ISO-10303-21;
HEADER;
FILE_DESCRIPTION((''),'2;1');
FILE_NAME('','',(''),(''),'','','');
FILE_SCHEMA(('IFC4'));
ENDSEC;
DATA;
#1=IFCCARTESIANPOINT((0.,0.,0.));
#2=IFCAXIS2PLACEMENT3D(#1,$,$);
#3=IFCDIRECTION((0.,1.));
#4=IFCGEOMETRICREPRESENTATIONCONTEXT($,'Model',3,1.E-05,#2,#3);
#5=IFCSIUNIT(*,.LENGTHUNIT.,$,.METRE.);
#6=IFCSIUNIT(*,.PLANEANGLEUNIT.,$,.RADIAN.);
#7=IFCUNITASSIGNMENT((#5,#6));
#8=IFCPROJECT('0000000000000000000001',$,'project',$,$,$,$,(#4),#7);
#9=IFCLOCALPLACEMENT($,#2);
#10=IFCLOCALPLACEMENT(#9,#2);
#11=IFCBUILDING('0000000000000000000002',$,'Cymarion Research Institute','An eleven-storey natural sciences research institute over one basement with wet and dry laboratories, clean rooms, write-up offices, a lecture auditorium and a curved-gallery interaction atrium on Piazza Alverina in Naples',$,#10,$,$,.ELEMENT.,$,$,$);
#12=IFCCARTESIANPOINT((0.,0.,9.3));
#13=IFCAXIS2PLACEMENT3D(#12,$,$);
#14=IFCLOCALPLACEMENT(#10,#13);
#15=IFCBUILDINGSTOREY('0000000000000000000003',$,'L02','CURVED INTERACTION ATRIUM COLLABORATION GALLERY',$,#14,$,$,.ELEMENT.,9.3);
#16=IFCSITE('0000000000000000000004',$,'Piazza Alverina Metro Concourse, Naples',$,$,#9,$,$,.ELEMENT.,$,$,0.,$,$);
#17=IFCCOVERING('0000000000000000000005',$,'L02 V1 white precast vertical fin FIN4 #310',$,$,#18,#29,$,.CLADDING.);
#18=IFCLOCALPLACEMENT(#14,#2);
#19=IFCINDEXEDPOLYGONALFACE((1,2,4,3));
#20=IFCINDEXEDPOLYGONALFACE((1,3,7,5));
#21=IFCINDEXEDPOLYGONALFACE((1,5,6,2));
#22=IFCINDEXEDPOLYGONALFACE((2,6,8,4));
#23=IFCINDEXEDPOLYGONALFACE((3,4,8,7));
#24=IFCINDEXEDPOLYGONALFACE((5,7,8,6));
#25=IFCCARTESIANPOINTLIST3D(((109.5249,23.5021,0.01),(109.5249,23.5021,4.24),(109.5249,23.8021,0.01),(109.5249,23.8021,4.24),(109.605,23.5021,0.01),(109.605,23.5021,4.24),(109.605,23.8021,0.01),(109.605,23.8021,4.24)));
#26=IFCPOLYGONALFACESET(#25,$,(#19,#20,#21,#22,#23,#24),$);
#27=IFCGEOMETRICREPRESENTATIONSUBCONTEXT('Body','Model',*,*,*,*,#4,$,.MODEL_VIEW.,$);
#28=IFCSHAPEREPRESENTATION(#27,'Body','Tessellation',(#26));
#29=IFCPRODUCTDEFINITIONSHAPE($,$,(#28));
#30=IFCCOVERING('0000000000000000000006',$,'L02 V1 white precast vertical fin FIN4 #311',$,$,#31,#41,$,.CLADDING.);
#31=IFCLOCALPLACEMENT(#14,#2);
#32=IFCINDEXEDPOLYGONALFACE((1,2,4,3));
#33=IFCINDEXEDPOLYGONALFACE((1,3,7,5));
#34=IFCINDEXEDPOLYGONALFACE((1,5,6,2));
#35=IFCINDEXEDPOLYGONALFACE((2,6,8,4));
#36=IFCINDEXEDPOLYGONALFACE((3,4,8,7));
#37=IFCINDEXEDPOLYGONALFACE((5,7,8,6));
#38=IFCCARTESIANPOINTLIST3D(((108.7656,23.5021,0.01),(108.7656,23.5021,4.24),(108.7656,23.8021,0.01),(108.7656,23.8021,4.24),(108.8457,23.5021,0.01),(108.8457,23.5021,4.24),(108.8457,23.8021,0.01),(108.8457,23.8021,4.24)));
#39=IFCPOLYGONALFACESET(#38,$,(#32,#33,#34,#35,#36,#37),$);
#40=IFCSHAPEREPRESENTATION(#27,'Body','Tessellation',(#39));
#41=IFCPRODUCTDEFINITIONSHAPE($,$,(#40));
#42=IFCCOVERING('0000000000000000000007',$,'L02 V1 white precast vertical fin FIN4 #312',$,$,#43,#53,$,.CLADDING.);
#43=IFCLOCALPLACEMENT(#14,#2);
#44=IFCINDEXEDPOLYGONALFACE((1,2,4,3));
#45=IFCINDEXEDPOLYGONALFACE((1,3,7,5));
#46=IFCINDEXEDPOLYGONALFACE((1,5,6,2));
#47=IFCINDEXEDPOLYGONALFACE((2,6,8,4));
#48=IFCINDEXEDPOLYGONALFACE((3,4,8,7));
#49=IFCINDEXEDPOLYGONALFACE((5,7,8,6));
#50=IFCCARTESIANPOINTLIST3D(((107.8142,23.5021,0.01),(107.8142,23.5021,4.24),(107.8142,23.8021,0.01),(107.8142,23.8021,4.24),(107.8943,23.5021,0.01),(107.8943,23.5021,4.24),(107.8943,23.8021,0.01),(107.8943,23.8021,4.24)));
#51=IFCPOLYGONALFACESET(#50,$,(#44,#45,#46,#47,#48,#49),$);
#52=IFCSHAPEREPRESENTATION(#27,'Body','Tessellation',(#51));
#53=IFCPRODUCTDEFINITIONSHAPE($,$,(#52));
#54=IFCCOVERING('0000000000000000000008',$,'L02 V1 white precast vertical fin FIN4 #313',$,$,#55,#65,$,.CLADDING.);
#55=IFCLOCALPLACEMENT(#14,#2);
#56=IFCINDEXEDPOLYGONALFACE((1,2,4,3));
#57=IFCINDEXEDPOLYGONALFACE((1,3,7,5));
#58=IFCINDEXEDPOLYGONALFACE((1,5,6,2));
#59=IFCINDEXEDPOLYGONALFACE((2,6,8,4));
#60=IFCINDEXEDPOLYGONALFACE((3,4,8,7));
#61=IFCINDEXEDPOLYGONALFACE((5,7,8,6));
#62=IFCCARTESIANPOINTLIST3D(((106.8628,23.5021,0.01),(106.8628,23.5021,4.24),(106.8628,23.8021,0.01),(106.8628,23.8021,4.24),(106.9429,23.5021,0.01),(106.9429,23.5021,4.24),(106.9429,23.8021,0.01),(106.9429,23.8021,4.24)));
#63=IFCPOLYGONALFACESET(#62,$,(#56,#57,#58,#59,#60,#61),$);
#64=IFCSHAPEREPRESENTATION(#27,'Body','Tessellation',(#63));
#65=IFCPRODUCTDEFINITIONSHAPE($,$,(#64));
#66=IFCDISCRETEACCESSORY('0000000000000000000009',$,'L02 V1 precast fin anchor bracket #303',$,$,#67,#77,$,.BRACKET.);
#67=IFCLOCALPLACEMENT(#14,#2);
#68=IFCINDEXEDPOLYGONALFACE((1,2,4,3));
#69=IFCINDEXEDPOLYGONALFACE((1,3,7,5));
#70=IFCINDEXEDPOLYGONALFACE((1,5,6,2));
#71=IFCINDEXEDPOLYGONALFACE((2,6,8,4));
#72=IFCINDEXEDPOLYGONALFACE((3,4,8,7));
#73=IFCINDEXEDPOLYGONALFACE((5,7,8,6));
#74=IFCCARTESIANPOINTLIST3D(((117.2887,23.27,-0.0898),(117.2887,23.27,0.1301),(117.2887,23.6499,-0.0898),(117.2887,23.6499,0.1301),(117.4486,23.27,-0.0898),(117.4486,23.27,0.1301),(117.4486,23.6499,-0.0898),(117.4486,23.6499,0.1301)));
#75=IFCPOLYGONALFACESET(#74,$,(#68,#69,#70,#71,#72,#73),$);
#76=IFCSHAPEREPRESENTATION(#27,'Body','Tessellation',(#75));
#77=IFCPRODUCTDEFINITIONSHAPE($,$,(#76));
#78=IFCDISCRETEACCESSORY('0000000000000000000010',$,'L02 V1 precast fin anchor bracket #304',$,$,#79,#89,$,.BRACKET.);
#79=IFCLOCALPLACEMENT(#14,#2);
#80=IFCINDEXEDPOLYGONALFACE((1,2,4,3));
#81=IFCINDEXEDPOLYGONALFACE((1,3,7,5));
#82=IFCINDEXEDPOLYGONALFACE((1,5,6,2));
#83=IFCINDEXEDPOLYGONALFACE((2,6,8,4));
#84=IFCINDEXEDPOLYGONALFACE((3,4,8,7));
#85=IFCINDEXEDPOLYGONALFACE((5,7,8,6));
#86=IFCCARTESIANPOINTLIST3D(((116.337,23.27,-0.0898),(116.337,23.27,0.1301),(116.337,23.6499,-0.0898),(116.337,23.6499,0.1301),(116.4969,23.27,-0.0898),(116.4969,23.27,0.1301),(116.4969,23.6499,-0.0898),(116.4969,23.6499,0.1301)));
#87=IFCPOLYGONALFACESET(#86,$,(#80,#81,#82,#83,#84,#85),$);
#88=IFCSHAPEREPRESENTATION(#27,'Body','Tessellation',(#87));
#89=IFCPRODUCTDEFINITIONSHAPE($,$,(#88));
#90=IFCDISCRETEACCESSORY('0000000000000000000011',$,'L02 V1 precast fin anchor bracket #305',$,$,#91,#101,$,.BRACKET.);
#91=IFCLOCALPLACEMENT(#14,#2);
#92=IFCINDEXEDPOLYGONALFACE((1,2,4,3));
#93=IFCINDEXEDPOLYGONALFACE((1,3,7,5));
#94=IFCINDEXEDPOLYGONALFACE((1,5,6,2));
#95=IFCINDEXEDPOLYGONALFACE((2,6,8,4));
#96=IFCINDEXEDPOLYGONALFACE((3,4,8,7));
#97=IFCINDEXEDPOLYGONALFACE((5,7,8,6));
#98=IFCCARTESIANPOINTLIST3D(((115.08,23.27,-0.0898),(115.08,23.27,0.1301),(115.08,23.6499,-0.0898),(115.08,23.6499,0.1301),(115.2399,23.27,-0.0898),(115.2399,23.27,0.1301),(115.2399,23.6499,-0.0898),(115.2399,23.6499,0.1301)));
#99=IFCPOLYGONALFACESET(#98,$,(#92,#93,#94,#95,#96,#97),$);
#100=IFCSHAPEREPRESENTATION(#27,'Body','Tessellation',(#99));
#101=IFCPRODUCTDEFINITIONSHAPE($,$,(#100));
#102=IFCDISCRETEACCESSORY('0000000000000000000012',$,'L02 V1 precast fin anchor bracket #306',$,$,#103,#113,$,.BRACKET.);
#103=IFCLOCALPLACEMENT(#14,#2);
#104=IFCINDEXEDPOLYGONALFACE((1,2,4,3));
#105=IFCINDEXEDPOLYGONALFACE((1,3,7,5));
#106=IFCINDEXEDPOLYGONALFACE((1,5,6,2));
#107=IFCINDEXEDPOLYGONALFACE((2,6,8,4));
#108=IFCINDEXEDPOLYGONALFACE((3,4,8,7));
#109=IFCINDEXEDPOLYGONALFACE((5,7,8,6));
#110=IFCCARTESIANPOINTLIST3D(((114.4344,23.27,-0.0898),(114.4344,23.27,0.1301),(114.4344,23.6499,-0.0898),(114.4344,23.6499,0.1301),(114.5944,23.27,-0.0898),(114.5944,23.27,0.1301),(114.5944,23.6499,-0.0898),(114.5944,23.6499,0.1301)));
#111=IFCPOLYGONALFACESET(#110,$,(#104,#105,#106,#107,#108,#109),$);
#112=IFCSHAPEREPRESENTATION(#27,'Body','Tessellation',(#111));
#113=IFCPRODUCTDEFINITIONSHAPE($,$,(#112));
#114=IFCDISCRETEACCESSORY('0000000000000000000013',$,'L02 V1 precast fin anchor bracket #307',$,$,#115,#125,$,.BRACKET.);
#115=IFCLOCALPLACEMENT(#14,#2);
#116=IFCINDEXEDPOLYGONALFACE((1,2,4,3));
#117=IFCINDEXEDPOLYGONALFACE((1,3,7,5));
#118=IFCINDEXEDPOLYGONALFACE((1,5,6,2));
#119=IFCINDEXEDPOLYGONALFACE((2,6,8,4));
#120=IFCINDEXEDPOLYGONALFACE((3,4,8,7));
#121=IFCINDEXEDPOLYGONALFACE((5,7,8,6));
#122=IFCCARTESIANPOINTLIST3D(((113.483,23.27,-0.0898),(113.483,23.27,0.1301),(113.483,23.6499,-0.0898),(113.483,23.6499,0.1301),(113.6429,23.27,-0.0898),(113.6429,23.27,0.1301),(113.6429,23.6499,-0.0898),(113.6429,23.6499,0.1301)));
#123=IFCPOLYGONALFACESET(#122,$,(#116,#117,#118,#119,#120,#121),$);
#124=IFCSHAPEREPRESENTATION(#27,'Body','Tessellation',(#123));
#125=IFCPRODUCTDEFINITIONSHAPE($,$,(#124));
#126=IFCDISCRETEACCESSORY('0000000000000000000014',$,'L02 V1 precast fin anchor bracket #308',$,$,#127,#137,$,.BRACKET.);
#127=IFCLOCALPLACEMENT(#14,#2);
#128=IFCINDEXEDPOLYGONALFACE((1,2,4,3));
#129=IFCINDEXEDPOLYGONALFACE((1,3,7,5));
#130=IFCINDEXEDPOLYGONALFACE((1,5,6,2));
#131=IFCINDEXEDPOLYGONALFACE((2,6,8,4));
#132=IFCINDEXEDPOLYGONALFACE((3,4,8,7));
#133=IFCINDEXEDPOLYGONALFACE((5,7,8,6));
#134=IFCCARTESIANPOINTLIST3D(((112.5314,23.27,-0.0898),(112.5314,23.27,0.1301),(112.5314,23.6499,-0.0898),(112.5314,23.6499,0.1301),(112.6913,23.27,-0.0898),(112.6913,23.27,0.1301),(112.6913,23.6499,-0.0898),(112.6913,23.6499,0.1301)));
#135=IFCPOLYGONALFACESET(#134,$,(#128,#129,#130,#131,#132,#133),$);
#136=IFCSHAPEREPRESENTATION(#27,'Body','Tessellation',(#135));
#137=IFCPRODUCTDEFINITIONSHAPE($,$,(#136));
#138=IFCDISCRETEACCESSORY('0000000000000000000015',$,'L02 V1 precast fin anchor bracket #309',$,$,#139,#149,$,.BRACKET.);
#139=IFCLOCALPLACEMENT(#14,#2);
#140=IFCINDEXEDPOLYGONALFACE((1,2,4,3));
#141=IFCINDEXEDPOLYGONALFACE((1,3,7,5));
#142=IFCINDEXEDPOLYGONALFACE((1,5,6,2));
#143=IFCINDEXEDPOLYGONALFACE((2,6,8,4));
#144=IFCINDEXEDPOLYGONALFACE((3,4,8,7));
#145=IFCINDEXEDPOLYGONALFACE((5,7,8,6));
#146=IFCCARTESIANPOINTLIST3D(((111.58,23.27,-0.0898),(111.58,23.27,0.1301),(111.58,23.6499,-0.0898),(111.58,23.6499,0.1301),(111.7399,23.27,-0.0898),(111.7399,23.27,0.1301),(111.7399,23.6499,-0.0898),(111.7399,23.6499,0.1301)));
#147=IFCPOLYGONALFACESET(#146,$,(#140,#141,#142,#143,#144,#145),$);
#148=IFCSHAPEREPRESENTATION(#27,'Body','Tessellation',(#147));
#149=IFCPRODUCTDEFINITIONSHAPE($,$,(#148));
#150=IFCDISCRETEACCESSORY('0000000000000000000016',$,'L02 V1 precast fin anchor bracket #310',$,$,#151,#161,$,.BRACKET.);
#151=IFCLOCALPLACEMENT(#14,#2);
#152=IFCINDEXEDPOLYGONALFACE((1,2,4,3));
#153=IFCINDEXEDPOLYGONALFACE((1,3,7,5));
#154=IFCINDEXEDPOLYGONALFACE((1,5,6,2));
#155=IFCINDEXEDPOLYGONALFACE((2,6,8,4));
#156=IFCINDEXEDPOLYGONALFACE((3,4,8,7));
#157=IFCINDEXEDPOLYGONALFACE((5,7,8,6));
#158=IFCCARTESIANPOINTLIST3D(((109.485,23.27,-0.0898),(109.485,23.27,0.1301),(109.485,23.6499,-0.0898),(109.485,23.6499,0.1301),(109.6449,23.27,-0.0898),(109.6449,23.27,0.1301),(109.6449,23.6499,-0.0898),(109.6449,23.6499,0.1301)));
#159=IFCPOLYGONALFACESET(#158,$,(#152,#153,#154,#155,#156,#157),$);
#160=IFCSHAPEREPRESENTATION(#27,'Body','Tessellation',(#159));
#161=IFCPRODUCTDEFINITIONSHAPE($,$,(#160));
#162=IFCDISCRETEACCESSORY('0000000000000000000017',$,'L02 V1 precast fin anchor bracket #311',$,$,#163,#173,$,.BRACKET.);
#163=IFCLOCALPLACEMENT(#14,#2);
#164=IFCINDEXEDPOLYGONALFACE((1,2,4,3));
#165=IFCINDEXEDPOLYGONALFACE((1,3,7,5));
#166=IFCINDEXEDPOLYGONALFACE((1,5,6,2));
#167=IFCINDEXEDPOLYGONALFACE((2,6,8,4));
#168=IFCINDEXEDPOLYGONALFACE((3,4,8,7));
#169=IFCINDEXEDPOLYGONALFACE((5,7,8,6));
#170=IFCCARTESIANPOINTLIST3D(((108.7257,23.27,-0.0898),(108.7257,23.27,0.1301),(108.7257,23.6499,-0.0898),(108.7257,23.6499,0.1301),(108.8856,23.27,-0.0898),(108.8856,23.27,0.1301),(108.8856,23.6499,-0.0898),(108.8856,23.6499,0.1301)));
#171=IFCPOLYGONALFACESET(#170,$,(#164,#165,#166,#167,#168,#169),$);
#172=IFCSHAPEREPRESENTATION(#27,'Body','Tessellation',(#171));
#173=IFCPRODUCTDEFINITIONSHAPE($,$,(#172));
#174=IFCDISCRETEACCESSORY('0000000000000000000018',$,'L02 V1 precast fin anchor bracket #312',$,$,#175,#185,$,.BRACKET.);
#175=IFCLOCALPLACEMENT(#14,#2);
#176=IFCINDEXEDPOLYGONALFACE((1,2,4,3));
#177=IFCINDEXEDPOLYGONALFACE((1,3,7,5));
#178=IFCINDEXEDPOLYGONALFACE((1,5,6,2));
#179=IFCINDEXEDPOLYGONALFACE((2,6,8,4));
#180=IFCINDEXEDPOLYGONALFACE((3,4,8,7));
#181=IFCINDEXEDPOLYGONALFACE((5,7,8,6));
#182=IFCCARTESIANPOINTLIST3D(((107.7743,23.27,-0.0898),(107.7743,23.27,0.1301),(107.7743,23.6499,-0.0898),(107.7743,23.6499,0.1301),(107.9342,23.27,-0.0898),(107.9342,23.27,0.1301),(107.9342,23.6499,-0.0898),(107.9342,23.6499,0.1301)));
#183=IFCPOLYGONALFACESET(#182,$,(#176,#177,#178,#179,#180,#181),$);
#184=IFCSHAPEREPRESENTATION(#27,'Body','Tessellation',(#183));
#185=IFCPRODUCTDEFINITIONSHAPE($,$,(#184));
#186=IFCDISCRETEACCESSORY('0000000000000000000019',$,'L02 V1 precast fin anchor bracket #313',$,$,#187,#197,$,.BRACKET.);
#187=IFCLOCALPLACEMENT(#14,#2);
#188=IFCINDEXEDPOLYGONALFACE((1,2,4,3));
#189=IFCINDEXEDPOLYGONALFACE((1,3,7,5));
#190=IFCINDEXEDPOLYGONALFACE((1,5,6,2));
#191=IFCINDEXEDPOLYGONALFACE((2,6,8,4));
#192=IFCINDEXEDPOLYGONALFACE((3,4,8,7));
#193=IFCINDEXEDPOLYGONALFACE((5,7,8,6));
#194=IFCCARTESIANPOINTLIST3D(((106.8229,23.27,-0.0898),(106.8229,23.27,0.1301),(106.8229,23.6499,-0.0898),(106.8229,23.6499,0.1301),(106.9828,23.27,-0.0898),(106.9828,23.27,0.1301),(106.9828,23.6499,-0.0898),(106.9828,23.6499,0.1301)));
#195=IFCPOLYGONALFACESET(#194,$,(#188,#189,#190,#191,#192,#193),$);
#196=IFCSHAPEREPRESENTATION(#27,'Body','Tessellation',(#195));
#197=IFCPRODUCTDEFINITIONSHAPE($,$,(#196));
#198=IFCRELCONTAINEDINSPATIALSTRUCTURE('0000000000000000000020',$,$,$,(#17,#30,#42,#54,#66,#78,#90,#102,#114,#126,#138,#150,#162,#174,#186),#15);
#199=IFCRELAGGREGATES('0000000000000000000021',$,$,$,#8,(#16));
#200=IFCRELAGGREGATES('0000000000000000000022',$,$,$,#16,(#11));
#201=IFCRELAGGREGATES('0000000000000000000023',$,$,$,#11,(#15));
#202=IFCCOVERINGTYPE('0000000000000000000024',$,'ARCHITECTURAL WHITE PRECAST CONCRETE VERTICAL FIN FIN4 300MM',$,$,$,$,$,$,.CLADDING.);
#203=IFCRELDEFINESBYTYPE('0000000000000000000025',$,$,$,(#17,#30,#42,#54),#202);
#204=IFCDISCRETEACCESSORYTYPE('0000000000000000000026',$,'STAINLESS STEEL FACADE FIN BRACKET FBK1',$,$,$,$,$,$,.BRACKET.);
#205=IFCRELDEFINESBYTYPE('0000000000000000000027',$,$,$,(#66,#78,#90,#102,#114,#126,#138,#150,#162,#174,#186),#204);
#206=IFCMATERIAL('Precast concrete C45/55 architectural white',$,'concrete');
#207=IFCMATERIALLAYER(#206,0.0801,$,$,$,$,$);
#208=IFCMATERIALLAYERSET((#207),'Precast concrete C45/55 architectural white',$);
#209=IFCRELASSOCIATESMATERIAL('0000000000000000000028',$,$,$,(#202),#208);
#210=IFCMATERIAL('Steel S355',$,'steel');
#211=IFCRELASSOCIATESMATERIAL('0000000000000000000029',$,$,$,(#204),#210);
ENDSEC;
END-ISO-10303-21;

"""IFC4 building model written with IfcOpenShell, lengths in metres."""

from ifc_helpers import new_model, si_unit, direction, frame, origin, origin_2d, place, context, subcontext, project, spatial, rectangle, extrude, material, layer, layer_set, type_object, element, save


model = new_model("IFC4")

# Units and contexts
model_context = context("Model", 3, precision=1e-05, world=origin(), true_north=direction((0.0, 1.0)))
body_context = subcontext(model_context, "Body", "Model", "MODEL_VIEW")
ifc_project = project(units=[si_unit("LENGTHUNIT", "METRE"), si_unit("PLANEANGLEUNIT", "RADIAN")], contexts=[model_context])

# Site, building, storey
site_placement = place(None, origin())
site = spatial("IfcSite", under=ifc_project, at=site_placement, Name="Piazza Alverina Metro Concourse, Naples", CompositionType="ELEMENT", RefElevation=0.0)
building_placement = place(site_placement, origin())
building = spatial("IfcBuilding", under=site, at=building_placement, Name="Cymarion Research Institute", Description="An eleven-storey natural sciences research institute over one basement with wet and dry laboratories, clean rooms, write-up offices, a lecture auditorium and a curved-gallery interaction atrium on Piazza Alverina in Naples", CompositionType="ELEMENT")
storey_placement = place(building_placement, frame((0.0, 0.0, 9.3)))
storey = spatial("IfcBuildingStorey", under=building, at=storey_placement, Name="L02", Description="CURVED INTERACTION ATRIUM COLLABORATION GALLERY", CompositionType="ELEMENT", Elevation=9.3)

# Shared definitions
ifc_material_1 = material(Name="Steel S355", Category="steel")

# Coverings
ifc_material_2 = material(Name="Precast concrete C45/55 architectural white", Category="concrete")
ifc_layer = layer(ifc_material_2, 0.0801)
ifc_layer_set = layer_set([ifc_layer], Name="Precast concrete C45/55 architectural white")
covering_type = type_object("IfcCoveringType", Name="ARCHITECTURAL WHITE PRECAST CONCRETE VERTICAL FIN FIN4 300MM", PredefinedType="CLADDING", material=ifc_layer_set)
for number, where, z_axis, x_axis, name in (
    (1, (109.5649, 23.6521, 0.01), (0.0, 0.0, 1.0), (0.0, 1.0, 0.0), "L02 V1 white precast vertical fin FIN4 #310"),
    (2, (108.8057, 23.6521, 0.01), (0.0, 0.0, 1.0), (0.0, 1.0, 0.0), "L02 V1 white precast vertical fin FIN4 #311"),
    (3, (107.8542, 23.6521, 0.01), (0.0, 0.0, 1.0), (0.0, 1.0, 0.0), "L02 V1 white precast vertical fin FIN4 #312"),
    (4, (106.9028, 23.6521, 0.01), (0.0, 0.0, 1.0), (0.0, 1.0, 0.0), "L02 V1 white precast vertical fin FIN4 #313"),
):
    element("IfcCovering", number, at=place(storey_placement, frame(where, z_axis=z_axis, x_axis=x_axis)), inside=storey, type_object=covering_type, Name=name, PredefinedType="CLADDING", context=body_context, shape_type="SweptSolid", body=[
        extrude(rectangle(XDim=0.3, YDim=0.0801, at=origin_2d()), origin(), (0.0, 0.0, 1.0), 4.23),
    ])

# Discrete accessories
discrete_accessory_type = type_object("IfcDiscreteAccessoryType", Name="STAINLESS STEEL FACADE FIN BRACKET FBK1", PredefinedType="BRACKET", material=ifc_material_1)
for number, where, z_axis, x_axis, name in (
    (5, (117.3687, 23.46, -0.0898), (0.0, 0.0, 1.0), (0.0, 1.0, 0.0), "L02 V1 precast fin anchor bracket #303"),
    (6, (116.417, 23.46, -0.0898), (0.0, 0.0, 1.0), (0.0, 1.0, 0.0), "L02 V1 precast fin anchor bracket #304"),
    (7, (115.1599, 23.46, -0.0898), (0.0, 0.0, 1.0), (0.0, 1.0, 0.0), "L02 V1 precast fin anchor bracket #305"),
    (8, (114.5144, 23.46, -0.0898), (0.0, 0.0, 1.0), (0.0, 1.0, 0.0), "L02 V1 precast fin anchor bracket #306"),
    (9, (113.563, 23.46, -0.0898), (0.0, 0.0, 1.0), (0.0, 1.0, 0.0), "L02 V1 precast fin anchor bracket #307"),
    (10, (112.6113, 23.46, -0.0898), (0.0, 0.0, 1.0), (0.0, 1.0, 0.0), "L02 V1 precast fin anchor bracket #308"),
    (11, (111.6599, 23.46, -0.0898), (0.0, 0.0, 1.0), (0.0, 1.0, 0.0), "L02 V1 precast fin anchor bracket #309"),
    (12, (109.5649, 23.46, -0.0898), (0.0, 0.0, 1.0), (0.0, 1.0, 0.0), "L02 V1 precast fin anchor bracket #310"),
    (13, (108.8057, 23.46, -0.0898), (0.0, 0.0, 1.0), (0.0, 1.0, 0.0), "L02 V1 precast fin anchor bracket #311"),
    (14, (107.8542, 23.46, -0.0898), (0.0, 0.0, 1.0), (0.0, 1.0, 0.0), "L02 V1 precast fin anchor bracket #312"),
    (15, (106.9028, 23.46, -0.0898), (0.0, 0.0, 1.0), (0.0, 1.0, 0.0), "L02 V1 precast fin anchor bracket #313"),
):
    element("IfcDiscreteAccessory", number, at=place(storey_placement, frame(where, z_axis=z_axis, x_axis=x_axis)), inside=storey, type_object=discrete_accessory_type, Name=name, PredefinedType="BRACKET", context=body_context, shape_type="SweptSolid", body=[
        extrude(rectangle(XDim=0.3799, YDim=0.1599, at=origin_2d()), origin(), (0.0, 0.0, 1.0), 0.22),
    ])

save(model, "model.ifc")
